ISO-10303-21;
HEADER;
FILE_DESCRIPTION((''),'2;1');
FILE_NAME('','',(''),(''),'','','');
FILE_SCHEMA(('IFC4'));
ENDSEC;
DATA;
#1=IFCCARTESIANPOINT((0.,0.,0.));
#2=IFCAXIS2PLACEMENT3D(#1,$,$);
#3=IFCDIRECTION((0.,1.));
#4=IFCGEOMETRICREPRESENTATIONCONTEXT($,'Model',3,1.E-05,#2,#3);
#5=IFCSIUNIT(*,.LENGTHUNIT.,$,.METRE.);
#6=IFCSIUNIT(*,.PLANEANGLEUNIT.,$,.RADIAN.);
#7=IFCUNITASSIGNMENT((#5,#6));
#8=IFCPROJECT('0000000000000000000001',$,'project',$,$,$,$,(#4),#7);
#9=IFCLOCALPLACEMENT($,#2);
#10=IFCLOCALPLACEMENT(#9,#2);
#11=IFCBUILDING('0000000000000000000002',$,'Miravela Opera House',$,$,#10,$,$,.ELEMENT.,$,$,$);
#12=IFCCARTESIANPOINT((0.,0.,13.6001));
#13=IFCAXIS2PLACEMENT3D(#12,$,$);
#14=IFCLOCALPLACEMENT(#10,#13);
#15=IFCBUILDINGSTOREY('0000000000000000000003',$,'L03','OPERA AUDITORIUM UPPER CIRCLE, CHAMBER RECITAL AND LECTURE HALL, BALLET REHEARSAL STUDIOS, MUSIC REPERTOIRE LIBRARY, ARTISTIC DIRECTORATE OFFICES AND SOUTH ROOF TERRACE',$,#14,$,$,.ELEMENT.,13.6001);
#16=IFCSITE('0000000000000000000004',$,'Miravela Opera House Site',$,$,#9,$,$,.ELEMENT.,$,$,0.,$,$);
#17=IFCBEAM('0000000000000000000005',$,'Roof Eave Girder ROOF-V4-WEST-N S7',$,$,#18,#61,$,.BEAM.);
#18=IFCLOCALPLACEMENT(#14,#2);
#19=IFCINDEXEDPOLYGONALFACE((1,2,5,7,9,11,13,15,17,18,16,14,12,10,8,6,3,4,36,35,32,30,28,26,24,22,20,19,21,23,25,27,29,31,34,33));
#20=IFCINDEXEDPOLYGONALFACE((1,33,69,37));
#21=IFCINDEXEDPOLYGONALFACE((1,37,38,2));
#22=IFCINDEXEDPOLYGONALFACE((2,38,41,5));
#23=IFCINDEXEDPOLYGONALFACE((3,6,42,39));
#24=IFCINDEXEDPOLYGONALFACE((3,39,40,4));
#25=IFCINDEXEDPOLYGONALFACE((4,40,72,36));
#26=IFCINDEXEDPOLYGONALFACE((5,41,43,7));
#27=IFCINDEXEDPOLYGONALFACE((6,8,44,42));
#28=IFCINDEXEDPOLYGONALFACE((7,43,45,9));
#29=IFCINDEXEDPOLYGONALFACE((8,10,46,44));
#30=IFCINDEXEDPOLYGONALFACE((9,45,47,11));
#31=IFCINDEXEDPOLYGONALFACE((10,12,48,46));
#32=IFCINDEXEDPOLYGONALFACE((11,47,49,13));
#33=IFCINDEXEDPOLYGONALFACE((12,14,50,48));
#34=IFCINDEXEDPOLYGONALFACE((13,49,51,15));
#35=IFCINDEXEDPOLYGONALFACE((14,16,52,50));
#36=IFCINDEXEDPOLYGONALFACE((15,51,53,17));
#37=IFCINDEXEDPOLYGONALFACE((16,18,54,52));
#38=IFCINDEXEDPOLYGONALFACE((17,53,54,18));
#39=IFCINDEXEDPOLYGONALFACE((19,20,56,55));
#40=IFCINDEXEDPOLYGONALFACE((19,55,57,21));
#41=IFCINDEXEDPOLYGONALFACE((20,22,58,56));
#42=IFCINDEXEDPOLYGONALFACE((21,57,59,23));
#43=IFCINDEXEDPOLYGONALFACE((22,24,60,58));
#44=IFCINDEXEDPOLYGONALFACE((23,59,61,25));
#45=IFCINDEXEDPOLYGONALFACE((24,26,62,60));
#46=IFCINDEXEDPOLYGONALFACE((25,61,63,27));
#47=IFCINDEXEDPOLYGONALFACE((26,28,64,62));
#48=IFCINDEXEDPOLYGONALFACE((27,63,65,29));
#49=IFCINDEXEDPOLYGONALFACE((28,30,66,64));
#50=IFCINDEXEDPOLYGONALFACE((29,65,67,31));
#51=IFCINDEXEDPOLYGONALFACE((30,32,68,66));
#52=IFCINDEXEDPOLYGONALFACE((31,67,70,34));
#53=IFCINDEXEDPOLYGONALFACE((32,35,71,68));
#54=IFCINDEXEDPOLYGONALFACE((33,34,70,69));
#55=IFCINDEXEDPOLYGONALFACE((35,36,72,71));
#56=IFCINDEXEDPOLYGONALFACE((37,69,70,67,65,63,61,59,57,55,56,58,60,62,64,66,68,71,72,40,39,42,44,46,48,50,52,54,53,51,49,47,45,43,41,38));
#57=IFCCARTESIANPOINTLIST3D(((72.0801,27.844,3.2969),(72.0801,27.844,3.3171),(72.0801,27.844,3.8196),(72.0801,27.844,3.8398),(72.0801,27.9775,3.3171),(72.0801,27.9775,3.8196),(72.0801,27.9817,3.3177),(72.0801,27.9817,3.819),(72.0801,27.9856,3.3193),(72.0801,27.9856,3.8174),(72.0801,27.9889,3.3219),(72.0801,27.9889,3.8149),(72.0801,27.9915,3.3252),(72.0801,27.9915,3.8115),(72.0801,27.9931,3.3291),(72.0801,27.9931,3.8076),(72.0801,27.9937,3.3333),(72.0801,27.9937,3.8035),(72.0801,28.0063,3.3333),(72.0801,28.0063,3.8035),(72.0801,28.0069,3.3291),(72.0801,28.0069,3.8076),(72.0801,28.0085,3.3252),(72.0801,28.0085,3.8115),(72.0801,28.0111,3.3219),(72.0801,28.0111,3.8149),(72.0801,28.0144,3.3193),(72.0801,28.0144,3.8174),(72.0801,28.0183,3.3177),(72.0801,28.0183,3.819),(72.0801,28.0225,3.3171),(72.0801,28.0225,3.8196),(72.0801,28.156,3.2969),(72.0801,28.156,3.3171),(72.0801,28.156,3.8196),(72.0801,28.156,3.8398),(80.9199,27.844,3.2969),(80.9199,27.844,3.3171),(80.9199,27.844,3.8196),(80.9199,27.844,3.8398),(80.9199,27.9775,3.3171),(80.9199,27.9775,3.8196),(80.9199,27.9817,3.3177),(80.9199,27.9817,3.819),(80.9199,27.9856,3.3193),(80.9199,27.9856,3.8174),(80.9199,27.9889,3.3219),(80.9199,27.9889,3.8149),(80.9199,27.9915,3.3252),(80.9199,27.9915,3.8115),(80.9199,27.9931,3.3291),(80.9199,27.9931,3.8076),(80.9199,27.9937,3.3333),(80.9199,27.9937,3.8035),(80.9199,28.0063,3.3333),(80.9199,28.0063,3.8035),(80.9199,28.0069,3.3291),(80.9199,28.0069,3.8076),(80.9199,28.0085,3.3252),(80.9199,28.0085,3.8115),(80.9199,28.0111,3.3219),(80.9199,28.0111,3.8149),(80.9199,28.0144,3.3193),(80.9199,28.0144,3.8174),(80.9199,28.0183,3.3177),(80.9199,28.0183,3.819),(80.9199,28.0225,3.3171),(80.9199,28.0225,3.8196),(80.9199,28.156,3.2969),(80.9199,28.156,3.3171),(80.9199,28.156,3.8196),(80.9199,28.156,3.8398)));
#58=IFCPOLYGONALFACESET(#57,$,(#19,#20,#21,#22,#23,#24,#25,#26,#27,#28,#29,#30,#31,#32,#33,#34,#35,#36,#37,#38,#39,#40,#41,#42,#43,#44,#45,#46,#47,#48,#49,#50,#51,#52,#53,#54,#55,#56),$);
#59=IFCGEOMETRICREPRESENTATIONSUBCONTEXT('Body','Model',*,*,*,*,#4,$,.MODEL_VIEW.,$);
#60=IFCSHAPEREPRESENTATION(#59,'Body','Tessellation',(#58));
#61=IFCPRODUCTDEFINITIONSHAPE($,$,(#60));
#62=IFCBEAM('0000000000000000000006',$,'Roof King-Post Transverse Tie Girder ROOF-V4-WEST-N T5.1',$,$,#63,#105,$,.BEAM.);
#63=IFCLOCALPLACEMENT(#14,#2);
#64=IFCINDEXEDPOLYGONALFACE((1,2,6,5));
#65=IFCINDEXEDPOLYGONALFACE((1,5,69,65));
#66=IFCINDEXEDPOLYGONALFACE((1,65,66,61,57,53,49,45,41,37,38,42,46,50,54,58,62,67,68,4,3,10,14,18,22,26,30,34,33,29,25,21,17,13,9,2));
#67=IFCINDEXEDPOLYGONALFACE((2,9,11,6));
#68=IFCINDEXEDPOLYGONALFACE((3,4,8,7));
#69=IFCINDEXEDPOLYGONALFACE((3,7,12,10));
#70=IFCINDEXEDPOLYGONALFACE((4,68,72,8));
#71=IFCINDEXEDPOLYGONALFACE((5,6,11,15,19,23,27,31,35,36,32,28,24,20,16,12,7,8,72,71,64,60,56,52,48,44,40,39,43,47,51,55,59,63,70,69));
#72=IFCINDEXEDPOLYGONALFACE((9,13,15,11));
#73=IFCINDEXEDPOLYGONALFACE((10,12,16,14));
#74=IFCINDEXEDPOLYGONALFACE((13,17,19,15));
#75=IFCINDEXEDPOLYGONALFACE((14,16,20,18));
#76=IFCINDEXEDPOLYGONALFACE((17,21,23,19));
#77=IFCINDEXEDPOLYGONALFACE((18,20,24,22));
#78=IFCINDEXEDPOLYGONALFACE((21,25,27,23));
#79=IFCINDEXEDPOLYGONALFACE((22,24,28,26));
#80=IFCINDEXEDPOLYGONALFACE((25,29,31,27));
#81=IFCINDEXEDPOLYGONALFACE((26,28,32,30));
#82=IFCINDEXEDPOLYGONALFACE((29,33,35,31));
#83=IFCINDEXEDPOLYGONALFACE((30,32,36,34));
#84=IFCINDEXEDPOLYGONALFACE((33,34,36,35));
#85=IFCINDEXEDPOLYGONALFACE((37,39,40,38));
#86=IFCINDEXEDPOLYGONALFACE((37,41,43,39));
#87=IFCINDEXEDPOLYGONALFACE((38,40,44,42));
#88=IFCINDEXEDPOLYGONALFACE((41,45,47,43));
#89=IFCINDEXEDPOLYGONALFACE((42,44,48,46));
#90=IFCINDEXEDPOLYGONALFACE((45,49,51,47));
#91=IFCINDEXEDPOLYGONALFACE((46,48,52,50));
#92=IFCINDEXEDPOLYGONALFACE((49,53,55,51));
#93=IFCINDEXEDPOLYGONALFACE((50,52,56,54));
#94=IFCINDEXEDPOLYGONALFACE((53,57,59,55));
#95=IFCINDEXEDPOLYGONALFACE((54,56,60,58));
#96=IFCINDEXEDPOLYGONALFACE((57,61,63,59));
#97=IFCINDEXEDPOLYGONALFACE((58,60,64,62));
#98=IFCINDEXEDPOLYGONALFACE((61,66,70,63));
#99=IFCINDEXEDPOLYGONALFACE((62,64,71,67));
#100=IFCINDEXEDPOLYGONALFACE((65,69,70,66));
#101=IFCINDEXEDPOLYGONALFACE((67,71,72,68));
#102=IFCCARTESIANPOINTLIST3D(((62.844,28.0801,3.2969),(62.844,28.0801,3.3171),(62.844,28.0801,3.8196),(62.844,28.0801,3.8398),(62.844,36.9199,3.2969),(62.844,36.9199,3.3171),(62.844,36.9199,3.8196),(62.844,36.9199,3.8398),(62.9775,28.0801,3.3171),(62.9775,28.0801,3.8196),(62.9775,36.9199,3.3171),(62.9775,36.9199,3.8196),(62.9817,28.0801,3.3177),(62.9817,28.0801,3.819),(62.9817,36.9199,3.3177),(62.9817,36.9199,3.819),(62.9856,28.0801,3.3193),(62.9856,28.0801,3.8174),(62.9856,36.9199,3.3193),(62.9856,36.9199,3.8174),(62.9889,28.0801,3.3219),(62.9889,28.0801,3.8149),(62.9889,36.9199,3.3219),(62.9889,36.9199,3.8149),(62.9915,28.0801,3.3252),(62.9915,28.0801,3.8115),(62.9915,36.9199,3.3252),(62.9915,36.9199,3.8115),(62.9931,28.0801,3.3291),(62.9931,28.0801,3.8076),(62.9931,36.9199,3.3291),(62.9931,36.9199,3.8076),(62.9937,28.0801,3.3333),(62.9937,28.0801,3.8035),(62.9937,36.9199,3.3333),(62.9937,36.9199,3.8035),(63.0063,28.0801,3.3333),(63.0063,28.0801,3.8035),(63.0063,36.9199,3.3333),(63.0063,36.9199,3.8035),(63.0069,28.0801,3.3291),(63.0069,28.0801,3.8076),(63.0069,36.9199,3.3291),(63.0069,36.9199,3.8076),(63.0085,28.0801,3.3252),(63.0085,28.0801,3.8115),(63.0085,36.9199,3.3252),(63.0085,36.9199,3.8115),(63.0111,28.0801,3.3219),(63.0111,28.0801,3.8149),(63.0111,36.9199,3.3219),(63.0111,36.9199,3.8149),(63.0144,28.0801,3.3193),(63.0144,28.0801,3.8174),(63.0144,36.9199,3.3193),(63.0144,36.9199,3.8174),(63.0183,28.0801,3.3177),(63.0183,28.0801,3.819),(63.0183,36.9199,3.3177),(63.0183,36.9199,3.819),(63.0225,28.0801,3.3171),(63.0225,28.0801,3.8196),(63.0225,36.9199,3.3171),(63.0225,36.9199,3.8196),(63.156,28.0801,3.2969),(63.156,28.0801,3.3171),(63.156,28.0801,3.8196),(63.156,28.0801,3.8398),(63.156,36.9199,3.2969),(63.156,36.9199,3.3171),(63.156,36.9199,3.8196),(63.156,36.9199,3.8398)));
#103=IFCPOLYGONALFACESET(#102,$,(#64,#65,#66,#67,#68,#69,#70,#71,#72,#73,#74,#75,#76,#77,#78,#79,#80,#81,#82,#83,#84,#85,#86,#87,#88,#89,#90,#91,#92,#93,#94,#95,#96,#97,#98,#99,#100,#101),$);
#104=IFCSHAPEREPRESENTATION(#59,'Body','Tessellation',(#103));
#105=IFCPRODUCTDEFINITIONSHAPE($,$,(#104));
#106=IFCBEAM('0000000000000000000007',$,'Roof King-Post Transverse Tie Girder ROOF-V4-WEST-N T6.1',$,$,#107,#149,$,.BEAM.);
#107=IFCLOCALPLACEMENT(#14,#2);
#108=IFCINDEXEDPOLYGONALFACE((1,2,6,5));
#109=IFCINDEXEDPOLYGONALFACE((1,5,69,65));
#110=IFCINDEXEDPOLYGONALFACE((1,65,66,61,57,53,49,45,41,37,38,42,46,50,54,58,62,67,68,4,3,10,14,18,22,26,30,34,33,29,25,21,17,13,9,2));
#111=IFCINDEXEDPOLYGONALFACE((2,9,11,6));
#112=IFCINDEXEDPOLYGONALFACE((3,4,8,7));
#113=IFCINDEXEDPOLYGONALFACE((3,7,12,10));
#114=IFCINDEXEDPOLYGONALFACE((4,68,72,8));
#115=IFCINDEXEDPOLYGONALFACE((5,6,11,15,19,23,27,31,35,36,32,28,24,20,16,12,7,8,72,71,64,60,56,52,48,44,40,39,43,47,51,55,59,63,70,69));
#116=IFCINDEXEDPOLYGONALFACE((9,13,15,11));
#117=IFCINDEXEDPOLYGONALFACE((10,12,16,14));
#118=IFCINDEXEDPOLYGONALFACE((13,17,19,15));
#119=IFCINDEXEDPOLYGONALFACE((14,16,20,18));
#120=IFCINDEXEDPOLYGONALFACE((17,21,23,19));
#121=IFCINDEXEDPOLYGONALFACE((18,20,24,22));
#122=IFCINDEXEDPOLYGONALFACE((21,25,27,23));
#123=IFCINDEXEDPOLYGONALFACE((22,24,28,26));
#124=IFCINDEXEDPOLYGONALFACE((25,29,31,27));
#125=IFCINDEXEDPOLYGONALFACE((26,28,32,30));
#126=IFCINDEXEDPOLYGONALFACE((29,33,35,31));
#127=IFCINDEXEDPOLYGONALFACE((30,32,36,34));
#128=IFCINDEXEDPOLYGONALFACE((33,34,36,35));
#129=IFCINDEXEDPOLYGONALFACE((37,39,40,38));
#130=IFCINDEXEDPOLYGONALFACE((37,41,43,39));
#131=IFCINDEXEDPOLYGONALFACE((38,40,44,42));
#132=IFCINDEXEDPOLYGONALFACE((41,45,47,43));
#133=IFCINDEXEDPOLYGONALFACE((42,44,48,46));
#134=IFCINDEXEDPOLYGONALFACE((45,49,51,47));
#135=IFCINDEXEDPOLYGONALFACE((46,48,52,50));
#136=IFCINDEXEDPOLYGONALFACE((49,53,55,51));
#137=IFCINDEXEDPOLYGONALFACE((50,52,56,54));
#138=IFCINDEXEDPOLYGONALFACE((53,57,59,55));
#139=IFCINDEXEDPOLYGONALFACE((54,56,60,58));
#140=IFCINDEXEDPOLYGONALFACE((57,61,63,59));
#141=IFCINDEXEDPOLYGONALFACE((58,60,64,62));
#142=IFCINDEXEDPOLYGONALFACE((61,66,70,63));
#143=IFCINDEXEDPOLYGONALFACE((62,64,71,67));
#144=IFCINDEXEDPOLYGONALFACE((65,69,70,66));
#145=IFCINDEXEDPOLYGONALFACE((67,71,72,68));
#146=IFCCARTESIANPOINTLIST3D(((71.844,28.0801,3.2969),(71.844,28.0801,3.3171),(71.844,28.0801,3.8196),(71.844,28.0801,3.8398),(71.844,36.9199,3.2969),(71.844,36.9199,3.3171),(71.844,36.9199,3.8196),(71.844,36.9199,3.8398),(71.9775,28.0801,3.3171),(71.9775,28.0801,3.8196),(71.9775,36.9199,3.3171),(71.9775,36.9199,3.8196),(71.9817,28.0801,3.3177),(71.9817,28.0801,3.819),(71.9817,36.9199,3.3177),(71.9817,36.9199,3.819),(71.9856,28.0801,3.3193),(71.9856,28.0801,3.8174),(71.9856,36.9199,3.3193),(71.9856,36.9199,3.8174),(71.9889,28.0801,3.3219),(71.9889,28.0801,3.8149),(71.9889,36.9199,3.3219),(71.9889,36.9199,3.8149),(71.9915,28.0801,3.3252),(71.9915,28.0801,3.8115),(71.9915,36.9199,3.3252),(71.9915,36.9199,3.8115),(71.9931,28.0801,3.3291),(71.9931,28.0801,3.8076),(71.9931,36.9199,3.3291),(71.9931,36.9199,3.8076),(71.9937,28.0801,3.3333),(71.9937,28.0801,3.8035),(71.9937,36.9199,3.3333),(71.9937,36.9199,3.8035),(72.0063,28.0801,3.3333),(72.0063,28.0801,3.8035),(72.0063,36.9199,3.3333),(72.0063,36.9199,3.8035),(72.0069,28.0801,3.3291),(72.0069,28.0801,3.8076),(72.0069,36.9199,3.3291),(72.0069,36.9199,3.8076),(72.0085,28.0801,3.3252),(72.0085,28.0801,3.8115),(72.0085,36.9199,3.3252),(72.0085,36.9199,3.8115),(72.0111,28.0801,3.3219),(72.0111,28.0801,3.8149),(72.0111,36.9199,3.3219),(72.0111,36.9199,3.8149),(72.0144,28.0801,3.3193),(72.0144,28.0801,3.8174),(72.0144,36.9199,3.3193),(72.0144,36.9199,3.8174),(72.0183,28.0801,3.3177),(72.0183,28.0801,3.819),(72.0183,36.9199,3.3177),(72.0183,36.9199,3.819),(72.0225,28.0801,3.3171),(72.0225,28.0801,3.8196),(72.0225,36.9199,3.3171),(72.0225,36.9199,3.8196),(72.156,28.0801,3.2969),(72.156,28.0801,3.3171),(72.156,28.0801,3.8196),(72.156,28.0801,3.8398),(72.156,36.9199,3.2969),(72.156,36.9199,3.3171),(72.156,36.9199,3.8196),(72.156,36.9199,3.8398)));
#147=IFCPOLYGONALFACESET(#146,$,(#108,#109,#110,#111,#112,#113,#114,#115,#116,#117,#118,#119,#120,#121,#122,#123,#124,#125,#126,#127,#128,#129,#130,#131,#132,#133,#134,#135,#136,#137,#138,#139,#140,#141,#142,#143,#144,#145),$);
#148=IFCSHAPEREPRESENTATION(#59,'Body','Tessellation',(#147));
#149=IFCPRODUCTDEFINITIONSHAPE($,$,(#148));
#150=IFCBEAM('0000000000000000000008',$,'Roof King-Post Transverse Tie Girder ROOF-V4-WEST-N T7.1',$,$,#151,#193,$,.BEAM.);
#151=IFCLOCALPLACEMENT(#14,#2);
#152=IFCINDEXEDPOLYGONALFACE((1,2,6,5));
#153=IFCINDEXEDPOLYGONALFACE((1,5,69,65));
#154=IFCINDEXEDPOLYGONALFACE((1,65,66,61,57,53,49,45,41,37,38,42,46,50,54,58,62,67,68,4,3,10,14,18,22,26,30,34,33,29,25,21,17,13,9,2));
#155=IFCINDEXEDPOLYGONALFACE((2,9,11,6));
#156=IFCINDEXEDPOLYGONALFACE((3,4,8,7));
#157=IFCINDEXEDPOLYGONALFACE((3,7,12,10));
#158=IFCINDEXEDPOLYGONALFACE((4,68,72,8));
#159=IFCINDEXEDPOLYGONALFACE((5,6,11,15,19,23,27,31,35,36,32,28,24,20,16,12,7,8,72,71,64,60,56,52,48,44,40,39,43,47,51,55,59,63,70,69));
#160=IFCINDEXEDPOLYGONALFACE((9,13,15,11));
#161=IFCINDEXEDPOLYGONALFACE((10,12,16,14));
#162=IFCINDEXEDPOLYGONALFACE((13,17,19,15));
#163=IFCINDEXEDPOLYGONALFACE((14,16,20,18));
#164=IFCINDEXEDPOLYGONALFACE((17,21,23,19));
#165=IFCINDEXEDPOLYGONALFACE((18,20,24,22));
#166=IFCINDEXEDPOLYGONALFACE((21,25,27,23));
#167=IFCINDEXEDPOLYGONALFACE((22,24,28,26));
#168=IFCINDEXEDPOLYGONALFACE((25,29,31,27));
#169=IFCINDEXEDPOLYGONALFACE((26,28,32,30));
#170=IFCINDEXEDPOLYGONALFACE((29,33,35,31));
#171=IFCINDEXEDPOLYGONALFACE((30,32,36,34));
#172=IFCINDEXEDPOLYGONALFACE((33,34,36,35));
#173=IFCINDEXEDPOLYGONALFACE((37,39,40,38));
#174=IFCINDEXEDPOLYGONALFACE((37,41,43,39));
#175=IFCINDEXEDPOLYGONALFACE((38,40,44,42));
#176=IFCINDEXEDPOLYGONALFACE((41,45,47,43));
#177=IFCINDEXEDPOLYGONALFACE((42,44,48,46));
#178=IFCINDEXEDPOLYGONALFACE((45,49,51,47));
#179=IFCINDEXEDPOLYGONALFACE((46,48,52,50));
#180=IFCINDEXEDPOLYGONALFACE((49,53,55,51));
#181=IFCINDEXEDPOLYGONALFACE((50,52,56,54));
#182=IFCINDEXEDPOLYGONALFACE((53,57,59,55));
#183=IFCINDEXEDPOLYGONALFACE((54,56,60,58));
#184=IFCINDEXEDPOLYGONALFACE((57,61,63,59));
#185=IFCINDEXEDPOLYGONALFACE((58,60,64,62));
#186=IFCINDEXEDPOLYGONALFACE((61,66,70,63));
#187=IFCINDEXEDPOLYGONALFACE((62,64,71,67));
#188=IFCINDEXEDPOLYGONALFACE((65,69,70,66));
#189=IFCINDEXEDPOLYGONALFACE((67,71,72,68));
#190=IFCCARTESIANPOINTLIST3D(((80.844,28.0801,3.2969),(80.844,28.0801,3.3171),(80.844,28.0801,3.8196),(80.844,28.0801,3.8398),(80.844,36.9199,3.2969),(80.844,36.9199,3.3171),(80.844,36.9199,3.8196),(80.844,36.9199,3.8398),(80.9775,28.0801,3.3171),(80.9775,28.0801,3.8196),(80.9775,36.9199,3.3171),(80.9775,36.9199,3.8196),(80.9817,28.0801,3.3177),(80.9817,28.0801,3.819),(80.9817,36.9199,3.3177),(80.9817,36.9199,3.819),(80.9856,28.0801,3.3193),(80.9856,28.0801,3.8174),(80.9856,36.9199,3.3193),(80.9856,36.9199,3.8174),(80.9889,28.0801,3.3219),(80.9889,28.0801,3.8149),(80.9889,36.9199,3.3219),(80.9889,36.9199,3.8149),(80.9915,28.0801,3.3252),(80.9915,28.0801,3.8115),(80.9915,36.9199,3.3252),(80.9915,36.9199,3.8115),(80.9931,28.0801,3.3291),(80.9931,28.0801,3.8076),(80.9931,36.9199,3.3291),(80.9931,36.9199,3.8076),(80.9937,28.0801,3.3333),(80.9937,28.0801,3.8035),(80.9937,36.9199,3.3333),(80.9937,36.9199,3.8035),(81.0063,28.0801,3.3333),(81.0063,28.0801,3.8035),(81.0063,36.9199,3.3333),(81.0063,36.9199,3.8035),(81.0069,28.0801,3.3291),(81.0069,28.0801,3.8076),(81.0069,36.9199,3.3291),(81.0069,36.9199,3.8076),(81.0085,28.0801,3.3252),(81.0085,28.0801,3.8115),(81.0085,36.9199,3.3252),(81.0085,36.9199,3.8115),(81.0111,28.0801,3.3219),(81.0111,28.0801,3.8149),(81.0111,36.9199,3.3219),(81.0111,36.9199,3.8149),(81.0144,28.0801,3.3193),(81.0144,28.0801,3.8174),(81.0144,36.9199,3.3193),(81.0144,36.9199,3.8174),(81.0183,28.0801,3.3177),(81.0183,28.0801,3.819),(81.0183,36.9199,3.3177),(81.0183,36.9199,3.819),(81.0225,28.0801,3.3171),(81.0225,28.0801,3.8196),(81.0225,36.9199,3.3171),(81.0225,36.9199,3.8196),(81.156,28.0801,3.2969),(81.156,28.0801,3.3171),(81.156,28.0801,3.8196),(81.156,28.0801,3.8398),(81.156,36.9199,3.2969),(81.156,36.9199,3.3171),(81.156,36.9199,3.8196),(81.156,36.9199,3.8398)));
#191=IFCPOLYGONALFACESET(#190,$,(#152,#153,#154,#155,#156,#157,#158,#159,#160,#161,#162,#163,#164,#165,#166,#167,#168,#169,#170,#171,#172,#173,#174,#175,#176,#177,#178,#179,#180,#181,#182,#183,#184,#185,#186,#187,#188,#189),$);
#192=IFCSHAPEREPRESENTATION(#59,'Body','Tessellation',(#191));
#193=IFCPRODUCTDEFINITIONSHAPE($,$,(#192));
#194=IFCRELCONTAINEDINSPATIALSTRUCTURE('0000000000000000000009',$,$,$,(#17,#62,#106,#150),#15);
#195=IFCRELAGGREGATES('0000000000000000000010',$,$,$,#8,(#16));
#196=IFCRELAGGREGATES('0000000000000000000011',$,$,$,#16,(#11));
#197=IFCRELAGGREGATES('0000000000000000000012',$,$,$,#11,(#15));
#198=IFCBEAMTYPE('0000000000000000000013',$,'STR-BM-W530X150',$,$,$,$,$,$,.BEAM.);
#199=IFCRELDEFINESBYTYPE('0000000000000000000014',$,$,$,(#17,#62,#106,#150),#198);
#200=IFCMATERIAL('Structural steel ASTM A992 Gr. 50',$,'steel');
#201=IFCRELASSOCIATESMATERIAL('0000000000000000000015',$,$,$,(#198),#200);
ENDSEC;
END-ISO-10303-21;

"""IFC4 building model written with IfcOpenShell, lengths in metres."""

from ifc_helpers import new_model, si_unit, direction, frame, origin, origin_2d, place, context, subcontext, project, spatial, i_section, extrude, material, material_profile, profile_set, type_object, element, save


model = new_model("IFC4")

# Units and contexts
model_context = context("Model", 3, precision=1e-05, world=origin(), true_north=direction((0.0, 1.0)))
body_context = subcontext(model_context, "Body", "Model", "MODEL_VIEW")
ifc_project = project(units=[si_unit("LENGTHUNIT", "METRE"), si_unit("PLANEANGLEUNIT", "RADIAN")], contexts=[model_context])

# Site, building, storey
site_placement = place(None, origin())
site = spatial("IfcSite", under=ifc_project, at=site_placement, Name="Miravela Opera House Site", CompositionType="ELEMENT", RefElevation=0.0)
building_placement = place(site_placement, origin())
building = spatial("IfcBuilding", under=site, at=building_placement, Name="Miravela Opera House", CompositionType="ELEMENT")
storey_placement = place(building_placement, frame((0.0, 0.0, 13.6001)))
storey = spatial("IfcBuildingStorey", under=building, at=storey_placement, Name="L03", Description="OPERA AUDITORIUM UPPER CIRCLE, CHAMBER RECITAL AND LECTURE HALL, BALLET REHEARSAL STUDIOS, MUSIC REPERTOIRE LIBRARY, ARTISTIC DIRECTORATE OFFICES AND SOUTH ROOF TERRACE", CompositionType="ELEMENT", Elevation=13.6001)

# Beams
ifc_material_1 = material(Name="Structural steel ASTM A992 Gr. 50", Category="steel")
ifc_material_profile_1 = material_profile(ifc_material_1, i_section(OverallWidth=0.312, OverallDepth=0.543, WebThickness=0.0127, FlangeThickness=0.0203, FilletRadius=0.0161, at=origin_2d()), Name="W530X150")
ifc_profile_set_1 = profile_set([ifc_material_profile_1])
beam_type_1 = type_object("IfcBeamType", Name="STR-BM-W530X150", PredefinedType="BEAM", material=ifc_profile_set_1)
for number, where, z_axis, x_axis, name in (
    (1, (72.0801, 28.0, 3.5684), (1.0, 0.0, 0.0), (0.0, 1.0, 0.0), "Roof Eave Girder ROOF-V4-WEST-N S7"),
    (2, (63.0, 28.0801, 3.5684), (0.0, 1.0, 0.0), (-1.0, 0.0, 0.0), "Roof King-Post Transverse Tie Girder ROOF-V4-WEST-N T5.1"),
    (3, (72.0, 28.0801, 3.5684), (0.0, 1.0, 0.0), (-1.0, 0.0, 0.0), "Roof King-Post Transverse Tie Girder ROOF-V4-WEST-N T6.1"),
    (4, (81.0, 28.0801, 3.5684), (0.0, 1.0, 0.0), (-1.0, 0.0, 0.0), "Roof King-Post Transverse Tie Girder ROOF-V4-WEST-N T7.1"),
):
    element("IfcBeam", number, at=place(storey_placement, frame(where, z_axis=z_axis, x_axis=x_axis)), inside=storey, type_object=beam_type_1, Name=name, PredefinedType="BEAM", context=body_context, shape_type="SweptSolid", body=[
        extrude(i_section(OverallWidth=0.312, OverallDepth=0.543, WebThickness=0.0127, FlangeThickness=0.0203, FilletRadius=0.0161, at=origin_2d()), origin(), (0.0, 0.0, 1.0), 8.8398),
    ])

save(model, "model.ifc")
